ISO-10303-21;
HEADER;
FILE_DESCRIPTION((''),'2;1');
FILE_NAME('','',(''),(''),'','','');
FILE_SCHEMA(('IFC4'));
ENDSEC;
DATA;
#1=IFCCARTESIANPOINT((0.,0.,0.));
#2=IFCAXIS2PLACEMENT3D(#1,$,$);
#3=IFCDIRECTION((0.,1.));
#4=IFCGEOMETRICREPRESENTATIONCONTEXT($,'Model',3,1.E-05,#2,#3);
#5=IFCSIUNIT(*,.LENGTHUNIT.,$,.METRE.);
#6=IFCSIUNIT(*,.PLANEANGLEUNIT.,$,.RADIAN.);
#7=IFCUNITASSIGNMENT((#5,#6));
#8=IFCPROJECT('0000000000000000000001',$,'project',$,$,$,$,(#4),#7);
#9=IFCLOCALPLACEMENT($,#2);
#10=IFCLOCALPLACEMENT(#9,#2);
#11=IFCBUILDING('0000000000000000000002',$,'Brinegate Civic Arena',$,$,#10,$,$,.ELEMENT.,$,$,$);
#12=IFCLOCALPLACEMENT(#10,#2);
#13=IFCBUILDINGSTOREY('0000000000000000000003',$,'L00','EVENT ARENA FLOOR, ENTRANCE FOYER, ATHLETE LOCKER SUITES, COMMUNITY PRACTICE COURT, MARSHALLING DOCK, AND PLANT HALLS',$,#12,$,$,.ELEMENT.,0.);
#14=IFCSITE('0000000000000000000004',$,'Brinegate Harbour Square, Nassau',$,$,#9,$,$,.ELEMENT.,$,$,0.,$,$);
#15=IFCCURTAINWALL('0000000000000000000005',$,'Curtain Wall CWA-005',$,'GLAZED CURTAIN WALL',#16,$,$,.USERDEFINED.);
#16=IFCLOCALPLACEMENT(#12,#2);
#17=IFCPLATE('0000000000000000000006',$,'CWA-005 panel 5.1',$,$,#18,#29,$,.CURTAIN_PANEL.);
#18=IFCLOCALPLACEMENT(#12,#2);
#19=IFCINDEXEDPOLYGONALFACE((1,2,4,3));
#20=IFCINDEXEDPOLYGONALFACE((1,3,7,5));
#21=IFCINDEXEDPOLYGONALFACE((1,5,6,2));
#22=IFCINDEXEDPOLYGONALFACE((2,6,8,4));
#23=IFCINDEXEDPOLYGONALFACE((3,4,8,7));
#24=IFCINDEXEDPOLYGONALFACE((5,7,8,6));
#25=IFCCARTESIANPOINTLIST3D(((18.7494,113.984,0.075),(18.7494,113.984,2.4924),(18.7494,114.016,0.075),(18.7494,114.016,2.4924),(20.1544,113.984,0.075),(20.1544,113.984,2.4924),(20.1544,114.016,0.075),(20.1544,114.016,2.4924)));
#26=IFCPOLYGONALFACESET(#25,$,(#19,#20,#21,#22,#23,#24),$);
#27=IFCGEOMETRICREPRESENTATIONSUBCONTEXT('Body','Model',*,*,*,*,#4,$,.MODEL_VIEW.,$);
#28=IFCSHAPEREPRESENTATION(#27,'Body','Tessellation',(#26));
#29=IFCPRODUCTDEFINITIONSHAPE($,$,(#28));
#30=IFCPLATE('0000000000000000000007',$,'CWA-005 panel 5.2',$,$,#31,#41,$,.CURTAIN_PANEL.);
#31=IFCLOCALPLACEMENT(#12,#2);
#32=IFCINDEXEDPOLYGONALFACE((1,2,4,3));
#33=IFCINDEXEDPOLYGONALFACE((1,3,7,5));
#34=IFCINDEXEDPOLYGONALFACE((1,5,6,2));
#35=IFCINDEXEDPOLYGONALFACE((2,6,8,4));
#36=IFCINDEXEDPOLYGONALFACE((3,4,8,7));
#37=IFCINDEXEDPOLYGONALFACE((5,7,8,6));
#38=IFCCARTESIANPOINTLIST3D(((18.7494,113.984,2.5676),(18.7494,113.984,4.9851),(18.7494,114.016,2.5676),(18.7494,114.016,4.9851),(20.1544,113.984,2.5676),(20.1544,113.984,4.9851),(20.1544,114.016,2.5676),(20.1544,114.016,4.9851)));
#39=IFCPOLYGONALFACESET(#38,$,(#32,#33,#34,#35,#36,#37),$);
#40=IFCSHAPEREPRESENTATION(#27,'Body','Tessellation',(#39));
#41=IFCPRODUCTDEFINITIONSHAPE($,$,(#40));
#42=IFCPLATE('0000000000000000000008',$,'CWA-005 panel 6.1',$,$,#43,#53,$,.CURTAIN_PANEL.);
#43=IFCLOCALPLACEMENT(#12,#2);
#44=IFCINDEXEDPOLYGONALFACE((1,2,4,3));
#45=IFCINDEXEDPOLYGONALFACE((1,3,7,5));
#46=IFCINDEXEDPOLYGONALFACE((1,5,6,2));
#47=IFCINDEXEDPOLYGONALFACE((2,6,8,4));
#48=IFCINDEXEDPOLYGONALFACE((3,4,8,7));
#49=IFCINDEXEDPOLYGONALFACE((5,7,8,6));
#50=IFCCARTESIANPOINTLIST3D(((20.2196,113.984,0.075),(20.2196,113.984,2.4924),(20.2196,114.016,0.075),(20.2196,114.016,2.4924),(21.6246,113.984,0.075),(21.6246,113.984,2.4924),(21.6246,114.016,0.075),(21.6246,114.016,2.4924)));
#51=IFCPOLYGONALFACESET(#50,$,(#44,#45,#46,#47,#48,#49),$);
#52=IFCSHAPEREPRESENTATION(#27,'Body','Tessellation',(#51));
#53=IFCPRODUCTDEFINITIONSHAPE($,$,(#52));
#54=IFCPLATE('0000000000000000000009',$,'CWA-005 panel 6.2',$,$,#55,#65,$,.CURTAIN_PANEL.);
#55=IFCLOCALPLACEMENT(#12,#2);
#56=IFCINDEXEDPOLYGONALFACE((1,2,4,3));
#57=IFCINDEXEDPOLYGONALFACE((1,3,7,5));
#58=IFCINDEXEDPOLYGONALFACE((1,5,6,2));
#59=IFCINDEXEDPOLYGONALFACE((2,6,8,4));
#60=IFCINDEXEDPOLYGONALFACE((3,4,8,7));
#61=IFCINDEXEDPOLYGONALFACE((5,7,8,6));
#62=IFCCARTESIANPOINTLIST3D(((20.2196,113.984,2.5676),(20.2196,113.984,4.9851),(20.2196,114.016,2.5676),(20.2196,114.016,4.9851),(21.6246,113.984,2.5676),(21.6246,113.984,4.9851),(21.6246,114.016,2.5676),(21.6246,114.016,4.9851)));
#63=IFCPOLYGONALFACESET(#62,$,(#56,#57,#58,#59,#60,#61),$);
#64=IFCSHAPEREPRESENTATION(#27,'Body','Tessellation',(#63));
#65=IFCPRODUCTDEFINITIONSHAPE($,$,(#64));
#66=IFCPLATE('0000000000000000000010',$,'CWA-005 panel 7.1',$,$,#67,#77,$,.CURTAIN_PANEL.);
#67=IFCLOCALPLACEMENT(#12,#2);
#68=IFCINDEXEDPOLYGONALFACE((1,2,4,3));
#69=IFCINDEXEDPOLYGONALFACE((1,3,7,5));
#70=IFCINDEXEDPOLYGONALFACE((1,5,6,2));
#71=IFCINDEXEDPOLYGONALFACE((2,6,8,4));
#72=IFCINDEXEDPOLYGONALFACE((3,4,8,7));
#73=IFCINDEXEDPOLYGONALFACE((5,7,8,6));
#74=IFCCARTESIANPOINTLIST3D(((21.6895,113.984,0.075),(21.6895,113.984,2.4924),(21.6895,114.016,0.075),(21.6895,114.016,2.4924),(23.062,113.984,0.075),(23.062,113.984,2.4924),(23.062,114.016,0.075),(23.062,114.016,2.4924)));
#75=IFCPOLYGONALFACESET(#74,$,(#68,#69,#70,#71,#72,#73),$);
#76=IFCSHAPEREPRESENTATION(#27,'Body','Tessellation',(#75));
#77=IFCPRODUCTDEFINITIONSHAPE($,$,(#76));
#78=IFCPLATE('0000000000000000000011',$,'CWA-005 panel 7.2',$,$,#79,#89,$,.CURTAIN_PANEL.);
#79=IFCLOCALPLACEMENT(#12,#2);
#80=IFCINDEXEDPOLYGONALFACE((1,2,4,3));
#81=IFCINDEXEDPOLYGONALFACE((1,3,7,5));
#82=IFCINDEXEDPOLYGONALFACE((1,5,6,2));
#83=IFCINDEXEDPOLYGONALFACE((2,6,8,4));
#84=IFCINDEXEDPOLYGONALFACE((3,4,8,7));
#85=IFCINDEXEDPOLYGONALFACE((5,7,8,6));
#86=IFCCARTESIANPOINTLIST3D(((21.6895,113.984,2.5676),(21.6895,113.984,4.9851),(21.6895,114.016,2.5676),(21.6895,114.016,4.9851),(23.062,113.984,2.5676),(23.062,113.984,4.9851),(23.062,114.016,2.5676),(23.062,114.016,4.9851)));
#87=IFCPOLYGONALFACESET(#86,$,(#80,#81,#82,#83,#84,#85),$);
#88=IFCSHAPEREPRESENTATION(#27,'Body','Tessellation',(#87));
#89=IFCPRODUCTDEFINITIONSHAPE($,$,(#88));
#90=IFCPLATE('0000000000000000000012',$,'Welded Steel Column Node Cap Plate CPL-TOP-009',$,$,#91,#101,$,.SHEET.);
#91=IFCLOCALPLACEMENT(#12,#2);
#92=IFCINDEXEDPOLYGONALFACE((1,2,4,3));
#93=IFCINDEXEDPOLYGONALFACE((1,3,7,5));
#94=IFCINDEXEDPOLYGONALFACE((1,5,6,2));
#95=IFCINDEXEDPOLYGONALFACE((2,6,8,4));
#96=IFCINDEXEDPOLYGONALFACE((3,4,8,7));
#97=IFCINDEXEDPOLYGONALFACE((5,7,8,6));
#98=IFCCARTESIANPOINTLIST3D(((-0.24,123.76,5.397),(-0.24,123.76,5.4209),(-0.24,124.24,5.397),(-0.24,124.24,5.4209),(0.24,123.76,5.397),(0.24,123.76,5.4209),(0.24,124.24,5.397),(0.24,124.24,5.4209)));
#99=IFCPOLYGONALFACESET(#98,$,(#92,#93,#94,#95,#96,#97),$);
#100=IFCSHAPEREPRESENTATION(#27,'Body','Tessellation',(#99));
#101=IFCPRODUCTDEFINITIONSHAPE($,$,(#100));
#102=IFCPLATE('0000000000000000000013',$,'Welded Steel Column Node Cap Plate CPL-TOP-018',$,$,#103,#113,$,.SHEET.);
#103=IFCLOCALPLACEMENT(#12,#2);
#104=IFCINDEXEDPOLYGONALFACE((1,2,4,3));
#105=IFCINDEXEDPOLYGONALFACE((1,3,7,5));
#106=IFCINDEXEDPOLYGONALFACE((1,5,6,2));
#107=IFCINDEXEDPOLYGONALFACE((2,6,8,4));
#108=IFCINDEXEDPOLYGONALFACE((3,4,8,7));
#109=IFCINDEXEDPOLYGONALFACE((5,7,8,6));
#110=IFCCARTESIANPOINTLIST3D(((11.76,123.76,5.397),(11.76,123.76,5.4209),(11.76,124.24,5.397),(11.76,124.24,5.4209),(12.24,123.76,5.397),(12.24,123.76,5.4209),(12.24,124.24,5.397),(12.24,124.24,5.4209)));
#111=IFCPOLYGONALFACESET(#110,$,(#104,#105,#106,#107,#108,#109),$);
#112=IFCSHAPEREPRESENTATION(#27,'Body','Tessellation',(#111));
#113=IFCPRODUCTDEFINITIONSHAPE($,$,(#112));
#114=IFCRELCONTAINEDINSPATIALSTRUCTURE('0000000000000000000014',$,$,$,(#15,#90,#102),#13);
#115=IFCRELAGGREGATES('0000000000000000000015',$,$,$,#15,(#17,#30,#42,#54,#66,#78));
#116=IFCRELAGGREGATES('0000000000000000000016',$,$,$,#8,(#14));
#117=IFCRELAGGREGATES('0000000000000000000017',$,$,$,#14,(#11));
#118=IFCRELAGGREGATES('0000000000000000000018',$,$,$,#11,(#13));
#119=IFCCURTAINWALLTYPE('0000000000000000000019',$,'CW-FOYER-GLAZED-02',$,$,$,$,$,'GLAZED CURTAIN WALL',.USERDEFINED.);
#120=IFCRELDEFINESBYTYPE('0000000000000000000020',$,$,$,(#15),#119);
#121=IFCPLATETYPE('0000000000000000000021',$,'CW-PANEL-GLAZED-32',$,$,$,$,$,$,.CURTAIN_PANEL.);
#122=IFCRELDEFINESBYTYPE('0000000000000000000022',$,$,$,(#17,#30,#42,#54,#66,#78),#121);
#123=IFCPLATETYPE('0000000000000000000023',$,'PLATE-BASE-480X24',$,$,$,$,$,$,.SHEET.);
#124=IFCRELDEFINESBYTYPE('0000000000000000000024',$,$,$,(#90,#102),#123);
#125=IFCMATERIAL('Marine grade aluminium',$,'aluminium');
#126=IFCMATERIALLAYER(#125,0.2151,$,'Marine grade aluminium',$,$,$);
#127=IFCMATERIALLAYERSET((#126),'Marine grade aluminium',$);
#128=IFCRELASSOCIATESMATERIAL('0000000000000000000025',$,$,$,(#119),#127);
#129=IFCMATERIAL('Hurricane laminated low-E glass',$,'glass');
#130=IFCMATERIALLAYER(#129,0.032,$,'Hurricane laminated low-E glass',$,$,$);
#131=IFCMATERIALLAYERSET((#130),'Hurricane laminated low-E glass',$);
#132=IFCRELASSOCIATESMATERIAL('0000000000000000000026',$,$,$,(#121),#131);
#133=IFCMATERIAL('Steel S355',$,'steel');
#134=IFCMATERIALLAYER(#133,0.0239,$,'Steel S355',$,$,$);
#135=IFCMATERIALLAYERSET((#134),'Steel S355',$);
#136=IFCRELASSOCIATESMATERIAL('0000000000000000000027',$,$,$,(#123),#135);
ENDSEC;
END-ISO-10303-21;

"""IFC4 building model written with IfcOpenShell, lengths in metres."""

from ifc_helpers import new_model, si_unit, direction, frame, origin, origin_2d, place, context, subcontext, project, spatial, rectangle, extrude, material, layer, layer_set, type_object, element, aggregate, save


model = new_model("IFC4")

# Units and contexts
model_context = context("Model", 3, precision=1e-05, world=origin(), true_north=direction((0.0, 1.0)))
body_context = subcontext(model_context, "Body", "Model", "MODEL_VIEW")
ifc_project = project(units=[si_unit("LENGTHUNIT", "METRE"), si_unit("PLANEANGLEUNIT", "RADIAN")], contexts=[model_context])

# Site, building, storey
site_placement = place(None, origin())
site = spatial("IfcSite", under=ifc_project, at=site_placement, Name="Brinegate Harbour Square, Nassau", CompositionType="ELEMENT", RefElevation=0.0)
building_placement = place(site_placement, origin())
building = spatial("IfcBuilding", under=site, at=building_placement, Name="Brinegate Civic Arena", CompositionType="ELEMENT")
storey_placement = place(building_placement, origin())
storey = spatial("IfcBuildingStorey", under=building, at=storey_placement, Name="L00", Description="EVENT ARENA FLOOR, ENTRANCE FOYER, ATHLETE LOCKER SUITES, COMMUNITY PRACTICE COURT, MARSHALLING DOCK, AND PLANT HALLS", CompositionType="ELEMENT", Elevation=0.0)

# Shared definitions
ifc_material_1 = material(Name="Steel S355", Category="steel")

# Curtain wall
ifc_material_2 = material(Name="Marine grade aluminium", Category="aluminium")
ifc_layer_1 = layer(ifc_material_2, 0.2151, Name="Marine grade aluminium")
ifc_layer_set_1 = layer_set([ifc_layer_1], Name="Marine grade aluminium")
curtain_wall_type = type_object("IfcCurtainWallType", Name="CW-FOYER-GLAZED-02", ElementType="GLAZED CURTAIN WALL", PredefinedType="USERDEFINED", material=ifc_layer_set_1)
curtain_wall_placement = place(storey_placement, origin())
curtain_wall = element("IfcCurtainWall", 1, at=curtain_wall_placement, inside=storey, type_object=curtain_wall_type, Name="Curtain Wall CWA-005", ObjectType="GLAZED CURTAIN WALL", PredefinedType="USERDEFINED")

# Plates
ifc_material_3 = material(Name="Hurricane laminated low-E glass", Category="glass")
ifc_layer_2 = layer(ifc_material_3, 0.032, Name="Hurricane laminated low-E glass")
ifc_layer_set_2 = layer_set([ifc_layer_2], Name="Hurricane laminated low-E glass")
plate_type_1 = type_object("IfcPlateType", Name="CW-PANEL-GLAZED-32", PredefinedType="CURTAIN_PANEL", material=ifc_layer_set_2)
plate_1_placement = place(storey_placement, frame((19.4519, 114.0, 0.075), z_axis=(0.0, 0.0, 1.0), x_axis=(1.0, 0.0, 0.0)))
plate_1 = element("IfcPlate", 2, at=plate_1_placement, type_object=plate_type_1, Name="CWA-005 panel 5.1", PredefinedType="CURTAIN_PANEL", context=body_context, shape_type="SweptSolid", body=[
    extrude(rectangle(XDim=1.405, YDim=0.032, at=origin_2d()), origin(), (0.0, 0.0, 1.0), 2.4175),
])
plate_2_placement = place(storey_placement, frame((19.4519, 114.0, 2.5676), z_axis=(0.0, 0.0, 1.0), x_axis=(1.0, 0.0, 0.0)))
plate_2 = element("IfcPlate", 3, at=plate_2_placement, type_object=plate_type_1, Name="CWA-005 panel 5.2", PredefinedType="CURTAIN_PANEL", context=body_context, shape_type="SweptSolid", body=[
    extrude(rectangle(XDim=1.405, YDim=0.032, at=origin_2d()), origin(), (0.0, 0.0, 1.0), 2.4175),
])
plate_3_placement = place(storey_placement, frame((20.9221, 114.0, 0.075), z_axis=(0.0, 0.0, 1.0), x_axis=(1.0, 0.0, 0.0)))
plate_3 = element("IfcPlate", 4, at=plate_3_placement, type_object=plate_type_1, Name="CWA-005 panel 6.1", PredefinedType="CURTAIN_PANEL", context=body_context, shape_type="SweptSolid", body=[
    extrude(rectangle(XDim=1.405, YDim=0.032, at=origin_2d()), origin(), (0.0, 0.0, 1.0), 2.4175),
])
plate_4_placement = place(storey_placement, frame((20.9221, 114.0, 2.5676), z_axis=(0.0, 0.0, 1.0), x_axis=(1.0, 0.0, 0.0)))
plate_4 = element("IfcPlate", 5, at=plate_4_placement, type_object=plate_type_1, Name="CWA-005 panel 6.2", PredefinedType="CURTAIN_PANEL", context=body_context, shape_type="SweptSolid", body=[
    extrude(rectangle(XDim=1.405, YDim=0.032, at=origin_2d()), origin(), (0.0, 0.0, 1.0), 2.4175),
])
plate_5_placement = place(storey_placement, frame((22.3757, 114.0, 0.075), z_axis=(0.0, 0.0, 1.0), x_axis=(1.0, 0.0, 0.0)))
plate_5 = element("IfcPlate", 6, at=plate_5_placement, type_object=plate_type_1, Name="CWA-005 panel 7.1", PredefinedType="CURTAIN_PANEL", context=body_context, shape_type="SweptSolid", body=[
    extrude(rectangle(XDim=1.3726, YDim=0.032, at=origin_2d()), origin(), (0.0, 0.0, 1.0), 2.4175),
])
plate_6_placement = place(storey_placement, frame((22.3757, 114.0, 2.5676), z_axis=(0.0, 0.0, 1.0), x_axis=(1.0, 0.0, 0.0)))
plate_6 = element("IfcPlate", 7, at=plate_6_placement, type_object=plate_type_1, Name="CWA-005 panel 7.2", PredefinedType="CURTAIN_PANEL", context=body_context, shape_type="SweptSolid", body=[
    extrude(rectangle(XDim=1.3726, YDim=0.032, at=origin_2d()), origin(), (0.0, 0.0, 1.0), 2.4175),
])
aggregate(curtain_wall, [plate_1, plate_2, plate_3, plate_4, plate_5, plate_6])

# Plates
ifc_layer_3 = layer(ifc_material_1, 0.0239, Name="Steel S355")
ifc_layer_set_3 = layer_set([ifc_layer_3], Name="Steel S355")
plate_type_2 = type_object("IfcPlateType", Name="PLATE-BASE-480X24", PredefinedType="SHEET", material=ifc_layer_set_3)
for number, where, z_axis, x_axis, name in (
    (8, (0.0, 124.0, 5.397), (0.0, 0.0, 1.0), (1.0, 0.0, 0.0), "Welded Steel Column Node Cap Plate CPL-TOP-009"),
    (9, (12.0, 124.0, 5.397), (0.0, 0.0, 1.0), (1.0, 0.0, 0.0), "Welded Steel Column Node Cap Plate CPL-TOP-018"),
):
    element("IfcPlate", number, at=place(storey_placement, frame(where, z_axis=z_axis, x_axis=x_axis)), inside=storey, type_object=plate_type_2, Name=name, PredefinedType="SHEET", context=body_context, shape_type="SweptSolid", body=[
        extrude(rectangle(XDim=0.48, YDim=0.48, at=origin_2d()), origin(), (0.0, 0.0, 1.0), 0.0239),
    ])

save(model, "model.ifc")
